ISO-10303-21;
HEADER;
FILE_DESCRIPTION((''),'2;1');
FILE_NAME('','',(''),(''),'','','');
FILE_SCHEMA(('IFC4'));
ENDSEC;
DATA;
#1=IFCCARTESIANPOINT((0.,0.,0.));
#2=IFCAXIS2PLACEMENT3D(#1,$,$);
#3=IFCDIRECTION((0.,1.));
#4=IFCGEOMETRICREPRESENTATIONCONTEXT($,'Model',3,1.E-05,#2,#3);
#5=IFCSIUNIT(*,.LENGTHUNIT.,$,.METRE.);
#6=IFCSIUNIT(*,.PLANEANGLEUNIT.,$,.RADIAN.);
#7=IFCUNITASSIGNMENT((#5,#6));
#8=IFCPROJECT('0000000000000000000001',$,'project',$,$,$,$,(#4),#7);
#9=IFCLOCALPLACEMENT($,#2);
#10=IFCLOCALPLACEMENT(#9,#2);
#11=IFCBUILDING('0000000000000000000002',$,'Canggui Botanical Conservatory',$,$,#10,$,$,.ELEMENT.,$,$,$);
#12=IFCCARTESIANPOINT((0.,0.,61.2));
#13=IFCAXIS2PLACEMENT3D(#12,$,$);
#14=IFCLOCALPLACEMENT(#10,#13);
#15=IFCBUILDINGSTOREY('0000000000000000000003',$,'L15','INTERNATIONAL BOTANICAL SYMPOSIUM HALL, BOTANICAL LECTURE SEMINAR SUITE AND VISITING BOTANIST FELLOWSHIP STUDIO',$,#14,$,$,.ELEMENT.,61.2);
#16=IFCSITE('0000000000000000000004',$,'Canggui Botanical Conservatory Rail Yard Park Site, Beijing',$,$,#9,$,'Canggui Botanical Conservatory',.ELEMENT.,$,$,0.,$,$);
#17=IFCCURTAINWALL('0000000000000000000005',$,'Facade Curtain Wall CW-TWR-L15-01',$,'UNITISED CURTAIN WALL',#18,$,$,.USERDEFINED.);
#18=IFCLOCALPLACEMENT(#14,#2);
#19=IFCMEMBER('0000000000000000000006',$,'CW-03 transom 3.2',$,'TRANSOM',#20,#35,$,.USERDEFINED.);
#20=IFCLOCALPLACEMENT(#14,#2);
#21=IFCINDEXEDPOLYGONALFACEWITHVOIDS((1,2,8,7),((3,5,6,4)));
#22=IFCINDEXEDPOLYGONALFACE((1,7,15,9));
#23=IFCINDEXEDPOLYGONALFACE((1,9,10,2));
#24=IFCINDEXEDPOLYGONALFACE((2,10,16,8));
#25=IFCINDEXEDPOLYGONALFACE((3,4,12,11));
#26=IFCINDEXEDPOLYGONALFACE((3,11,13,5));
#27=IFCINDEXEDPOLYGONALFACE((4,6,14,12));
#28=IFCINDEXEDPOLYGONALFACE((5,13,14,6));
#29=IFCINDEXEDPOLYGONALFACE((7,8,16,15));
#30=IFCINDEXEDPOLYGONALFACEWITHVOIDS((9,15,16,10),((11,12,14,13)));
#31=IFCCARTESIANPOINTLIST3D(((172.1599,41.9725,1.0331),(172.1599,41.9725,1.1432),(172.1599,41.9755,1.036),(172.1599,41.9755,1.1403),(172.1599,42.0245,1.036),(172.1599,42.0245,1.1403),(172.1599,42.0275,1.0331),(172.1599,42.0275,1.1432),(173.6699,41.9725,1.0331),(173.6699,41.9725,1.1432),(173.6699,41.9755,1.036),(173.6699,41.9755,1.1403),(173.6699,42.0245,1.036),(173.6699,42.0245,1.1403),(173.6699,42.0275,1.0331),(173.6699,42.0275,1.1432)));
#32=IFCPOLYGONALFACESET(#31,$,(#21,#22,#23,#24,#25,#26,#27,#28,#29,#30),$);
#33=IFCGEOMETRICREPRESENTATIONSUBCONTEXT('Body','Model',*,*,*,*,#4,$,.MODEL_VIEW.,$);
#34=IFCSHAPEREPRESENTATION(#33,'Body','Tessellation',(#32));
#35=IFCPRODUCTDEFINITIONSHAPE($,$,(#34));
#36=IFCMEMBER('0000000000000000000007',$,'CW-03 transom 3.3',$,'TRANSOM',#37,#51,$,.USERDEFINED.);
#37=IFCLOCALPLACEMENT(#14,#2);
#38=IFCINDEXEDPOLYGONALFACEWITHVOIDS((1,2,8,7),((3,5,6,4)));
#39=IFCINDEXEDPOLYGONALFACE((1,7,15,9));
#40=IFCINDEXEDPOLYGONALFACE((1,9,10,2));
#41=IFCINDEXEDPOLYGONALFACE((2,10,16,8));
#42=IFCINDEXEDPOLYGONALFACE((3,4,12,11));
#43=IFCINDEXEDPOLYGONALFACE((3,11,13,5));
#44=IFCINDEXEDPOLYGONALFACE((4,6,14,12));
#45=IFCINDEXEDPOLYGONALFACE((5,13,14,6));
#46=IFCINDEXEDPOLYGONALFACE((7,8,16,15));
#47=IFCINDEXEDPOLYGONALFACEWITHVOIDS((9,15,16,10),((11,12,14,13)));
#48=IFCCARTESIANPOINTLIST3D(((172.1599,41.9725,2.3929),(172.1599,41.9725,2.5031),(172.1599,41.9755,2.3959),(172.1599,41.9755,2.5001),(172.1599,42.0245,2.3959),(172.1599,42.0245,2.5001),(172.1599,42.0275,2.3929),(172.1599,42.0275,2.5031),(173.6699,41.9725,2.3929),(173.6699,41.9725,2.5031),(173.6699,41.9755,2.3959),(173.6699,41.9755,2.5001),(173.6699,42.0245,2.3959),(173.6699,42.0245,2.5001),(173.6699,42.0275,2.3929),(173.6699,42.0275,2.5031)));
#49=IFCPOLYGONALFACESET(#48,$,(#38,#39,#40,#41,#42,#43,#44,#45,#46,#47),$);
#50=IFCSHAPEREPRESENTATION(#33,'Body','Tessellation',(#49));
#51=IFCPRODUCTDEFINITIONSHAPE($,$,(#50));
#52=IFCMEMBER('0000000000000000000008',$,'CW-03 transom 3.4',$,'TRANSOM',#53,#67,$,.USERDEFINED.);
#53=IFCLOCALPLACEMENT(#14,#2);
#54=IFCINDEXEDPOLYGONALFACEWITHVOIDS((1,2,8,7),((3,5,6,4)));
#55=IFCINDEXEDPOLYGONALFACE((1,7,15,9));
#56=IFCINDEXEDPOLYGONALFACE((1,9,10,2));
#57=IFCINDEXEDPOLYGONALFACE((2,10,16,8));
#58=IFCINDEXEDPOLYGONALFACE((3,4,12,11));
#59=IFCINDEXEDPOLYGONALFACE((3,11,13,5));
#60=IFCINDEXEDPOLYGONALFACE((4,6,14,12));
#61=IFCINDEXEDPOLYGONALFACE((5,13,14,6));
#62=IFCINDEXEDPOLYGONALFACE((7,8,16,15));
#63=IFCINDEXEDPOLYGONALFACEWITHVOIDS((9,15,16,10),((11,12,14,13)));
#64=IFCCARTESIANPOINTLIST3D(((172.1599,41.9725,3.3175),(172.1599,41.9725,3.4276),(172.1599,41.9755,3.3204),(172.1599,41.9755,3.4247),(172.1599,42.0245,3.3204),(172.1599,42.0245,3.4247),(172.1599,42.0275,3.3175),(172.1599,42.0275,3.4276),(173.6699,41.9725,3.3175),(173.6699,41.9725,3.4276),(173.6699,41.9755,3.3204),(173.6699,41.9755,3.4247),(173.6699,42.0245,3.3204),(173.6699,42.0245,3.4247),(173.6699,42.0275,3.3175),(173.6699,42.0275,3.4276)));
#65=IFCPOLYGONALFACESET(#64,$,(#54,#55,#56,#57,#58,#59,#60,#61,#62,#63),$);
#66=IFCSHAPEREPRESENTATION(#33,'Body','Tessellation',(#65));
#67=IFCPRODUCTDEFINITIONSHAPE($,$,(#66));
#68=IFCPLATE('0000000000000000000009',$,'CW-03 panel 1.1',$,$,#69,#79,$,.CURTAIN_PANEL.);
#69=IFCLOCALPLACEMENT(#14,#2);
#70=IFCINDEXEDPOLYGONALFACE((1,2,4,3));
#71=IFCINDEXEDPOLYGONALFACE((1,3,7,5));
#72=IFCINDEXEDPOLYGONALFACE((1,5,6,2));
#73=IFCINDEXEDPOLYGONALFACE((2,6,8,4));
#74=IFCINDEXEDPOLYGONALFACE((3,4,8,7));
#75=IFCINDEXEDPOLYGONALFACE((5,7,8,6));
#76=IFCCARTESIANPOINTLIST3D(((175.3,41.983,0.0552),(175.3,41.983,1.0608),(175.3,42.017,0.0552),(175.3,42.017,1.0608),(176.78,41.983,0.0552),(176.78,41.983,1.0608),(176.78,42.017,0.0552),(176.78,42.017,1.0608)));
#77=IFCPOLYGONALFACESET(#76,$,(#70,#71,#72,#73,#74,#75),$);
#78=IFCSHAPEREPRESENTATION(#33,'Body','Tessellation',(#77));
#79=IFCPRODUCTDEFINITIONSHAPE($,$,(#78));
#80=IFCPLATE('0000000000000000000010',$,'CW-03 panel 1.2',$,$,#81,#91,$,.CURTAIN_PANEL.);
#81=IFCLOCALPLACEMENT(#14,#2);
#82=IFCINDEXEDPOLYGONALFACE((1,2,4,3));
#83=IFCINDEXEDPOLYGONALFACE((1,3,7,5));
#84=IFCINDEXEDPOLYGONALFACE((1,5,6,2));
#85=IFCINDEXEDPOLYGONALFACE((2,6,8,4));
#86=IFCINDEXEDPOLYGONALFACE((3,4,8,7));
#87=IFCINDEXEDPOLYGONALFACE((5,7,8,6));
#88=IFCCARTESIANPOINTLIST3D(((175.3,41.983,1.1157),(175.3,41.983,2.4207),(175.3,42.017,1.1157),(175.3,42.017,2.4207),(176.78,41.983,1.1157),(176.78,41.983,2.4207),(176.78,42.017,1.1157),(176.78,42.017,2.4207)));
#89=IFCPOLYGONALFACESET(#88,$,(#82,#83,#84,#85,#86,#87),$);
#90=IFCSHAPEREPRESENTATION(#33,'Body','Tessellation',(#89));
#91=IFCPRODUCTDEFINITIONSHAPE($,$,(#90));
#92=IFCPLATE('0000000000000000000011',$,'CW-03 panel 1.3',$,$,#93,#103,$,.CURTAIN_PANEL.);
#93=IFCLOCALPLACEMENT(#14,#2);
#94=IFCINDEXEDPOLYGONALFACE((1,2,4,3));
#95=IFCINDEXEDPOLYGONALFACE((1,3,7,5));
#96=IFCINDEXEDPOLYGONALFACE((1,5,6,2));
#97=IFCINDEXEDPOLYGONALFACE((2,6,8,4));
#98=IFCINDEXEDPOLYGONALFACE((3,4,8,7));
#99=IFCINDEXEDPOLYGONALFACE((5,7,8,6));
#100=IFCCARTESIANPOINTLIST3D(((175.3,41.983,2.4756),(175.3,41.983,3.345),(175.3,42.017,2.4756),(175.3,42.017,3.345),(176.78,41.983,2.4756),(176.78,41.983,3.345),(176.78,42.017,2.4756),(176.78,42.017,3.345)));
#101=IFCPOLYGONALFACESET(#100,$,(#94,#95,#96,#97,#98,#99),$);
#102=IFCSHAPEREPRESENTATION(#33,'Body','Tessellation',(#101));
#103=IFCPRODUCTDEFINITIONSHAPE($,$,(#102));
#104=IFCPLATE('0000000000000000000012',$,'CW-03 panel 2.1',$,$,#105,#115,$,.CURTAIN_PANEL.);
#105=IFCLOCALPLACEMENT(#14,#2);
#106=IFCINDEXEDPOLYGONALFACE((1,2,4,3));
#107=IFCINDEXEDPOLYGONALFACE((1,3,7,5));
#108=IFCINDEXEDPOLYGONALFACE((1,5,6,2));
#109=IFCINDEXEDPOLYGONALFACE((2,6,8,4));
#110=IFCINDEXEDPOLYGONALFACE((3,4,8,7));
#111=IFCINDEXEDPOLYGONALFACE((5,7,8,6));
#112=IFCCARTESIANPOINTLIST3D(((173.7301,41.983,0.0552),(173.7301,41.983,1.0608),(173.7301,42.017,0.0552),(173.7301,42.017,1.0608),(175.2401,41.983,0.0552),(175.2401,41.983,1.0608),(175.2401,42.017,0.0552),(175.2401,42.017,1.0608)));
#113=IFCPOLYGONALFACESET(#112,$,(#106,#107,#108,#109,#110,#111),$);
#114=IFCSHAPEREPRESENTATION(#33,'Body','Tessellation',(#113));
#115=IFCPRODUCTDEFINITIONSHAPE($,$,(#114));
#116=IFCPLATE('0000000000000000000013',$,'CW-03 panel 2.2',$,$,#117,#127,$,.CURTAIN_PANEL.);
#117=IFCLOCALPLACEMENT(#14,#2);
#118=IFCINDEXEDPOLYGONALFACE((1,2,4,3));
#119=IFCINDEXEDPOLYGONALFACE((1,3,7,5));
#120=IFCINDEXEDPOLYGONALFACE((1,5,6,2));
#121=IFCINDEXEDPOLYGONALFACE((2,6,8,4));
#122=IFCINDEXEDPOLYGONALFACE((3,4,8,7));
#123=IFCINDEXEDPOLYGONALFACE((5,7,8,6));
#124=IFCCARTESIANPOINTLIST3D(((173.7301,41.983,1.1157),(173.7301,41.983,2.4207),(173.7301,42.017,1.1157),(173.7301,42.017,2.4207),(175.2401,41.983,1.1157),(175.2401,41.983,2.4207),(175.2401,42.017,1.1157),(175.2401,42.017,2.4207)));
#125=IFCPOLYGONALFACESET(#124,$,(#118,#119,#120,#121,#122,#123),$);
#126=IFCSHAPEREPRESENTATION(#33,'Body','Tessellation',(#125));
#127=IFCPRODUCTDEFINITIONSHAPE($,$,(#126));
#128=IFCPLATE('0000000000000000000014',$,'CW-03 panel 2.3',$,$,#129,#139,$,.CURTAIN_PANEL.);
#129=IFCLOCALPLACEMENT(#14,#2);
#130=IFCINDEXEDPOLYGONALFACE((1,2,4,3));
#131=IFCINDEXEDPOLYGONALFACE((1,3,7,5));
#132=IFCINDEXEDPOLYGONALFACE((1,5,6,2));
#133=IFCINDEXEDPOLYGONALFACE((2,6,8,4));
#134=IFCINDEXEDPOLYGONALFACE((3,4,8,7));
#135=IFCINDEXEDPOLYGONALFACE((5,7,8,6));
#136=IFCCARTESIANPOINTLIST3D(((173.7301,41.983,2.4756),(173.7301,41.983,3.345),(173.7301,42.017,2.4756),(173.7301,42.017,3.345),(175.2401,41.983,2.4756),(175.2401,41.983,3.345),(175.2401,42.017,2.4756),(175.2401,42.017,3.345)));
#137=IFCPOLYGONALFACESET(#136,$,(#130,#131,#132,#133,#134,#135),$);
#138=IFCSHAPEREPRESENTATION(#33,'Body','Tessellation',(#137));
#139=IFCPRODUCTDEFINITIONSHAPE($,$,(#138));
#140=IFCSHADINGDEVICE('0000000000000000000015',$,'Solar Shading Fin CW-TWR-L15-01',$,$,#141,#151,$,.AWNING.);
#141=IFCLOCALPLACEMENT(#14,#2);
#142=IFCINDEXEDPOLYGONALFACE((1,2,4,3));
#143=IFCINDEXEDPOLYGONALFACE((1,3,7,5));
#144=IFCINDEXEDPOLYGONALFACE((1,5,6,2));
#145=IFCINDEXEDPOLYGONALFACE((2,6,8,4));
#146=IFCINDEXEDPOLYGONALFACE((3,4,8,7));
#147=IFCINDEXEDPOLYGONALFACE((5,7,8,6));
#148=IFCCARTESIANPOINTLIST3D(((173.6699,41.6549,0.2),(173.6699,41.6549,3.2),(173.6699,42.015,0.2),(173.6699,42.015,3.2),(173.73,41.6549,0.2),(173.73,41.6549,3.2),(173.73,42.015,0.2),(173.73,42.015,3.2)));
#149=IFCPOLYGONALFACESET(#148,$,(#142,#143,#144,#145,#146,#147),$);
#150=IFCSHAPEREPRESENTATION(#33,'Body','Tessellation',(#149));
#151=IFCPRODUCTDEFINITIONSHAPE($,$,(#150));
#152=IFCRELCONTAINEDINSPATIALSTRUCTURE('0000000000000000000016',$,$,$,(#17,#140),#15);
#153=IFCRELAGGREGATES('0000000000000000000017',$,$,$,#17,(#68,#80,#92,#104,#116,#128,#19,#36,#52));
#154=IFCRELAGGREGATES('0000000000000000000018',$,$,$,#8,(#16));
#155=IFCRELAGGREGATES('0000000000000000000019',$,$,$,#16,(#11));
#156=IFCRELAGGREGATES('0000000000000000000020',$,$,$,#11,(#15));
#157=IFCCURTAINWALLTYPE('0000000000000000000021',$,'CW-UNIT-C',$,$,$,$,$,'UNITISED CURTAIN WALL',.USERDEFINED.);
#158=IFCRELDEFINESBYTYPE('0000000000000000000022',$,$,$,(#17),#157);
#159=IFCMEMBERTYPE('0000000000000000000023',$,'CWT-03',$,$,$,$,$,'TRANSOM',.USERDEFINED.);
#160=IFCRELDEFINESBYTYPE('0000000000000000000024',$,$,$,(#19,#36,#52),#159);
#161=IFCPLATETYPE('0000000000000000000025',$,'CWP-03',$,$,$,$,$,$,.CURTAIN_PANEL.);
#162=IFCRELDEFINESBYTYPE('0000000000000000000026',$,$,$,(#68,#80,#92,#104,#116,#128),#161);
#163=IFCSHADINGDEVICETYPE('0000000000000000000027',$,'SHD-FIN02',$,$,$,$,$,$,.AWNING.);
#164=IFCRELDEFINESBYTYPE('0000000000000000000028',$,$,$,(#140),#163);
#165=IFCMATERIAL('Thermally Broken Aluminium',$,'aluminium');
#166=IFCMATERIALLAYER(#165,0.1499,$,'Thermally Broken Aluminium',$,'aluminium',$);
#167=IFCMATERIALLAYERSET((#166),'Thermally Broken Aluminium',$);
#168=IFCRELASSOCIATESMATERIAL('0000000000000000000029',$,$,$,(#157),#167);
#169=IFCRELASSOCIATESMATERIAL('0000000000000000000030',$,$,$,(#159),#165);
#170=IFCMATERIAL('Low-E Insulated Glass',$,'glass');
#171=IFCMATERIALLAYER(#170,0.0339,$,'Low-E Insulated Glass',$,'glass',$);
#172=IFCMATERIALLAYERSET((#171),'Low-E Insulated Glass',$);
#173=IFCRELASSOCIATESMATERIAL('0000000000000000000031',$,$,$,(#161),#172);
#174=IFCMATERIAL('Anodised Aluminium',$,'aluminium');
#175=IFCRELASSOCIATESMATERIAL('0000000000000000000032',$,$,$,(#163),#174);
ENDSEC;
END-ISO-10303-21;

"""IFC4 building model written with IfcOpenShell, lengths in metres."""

from ifc_helpers import new_model, si_unit, direction, frame, origin, origin_2d, place, context, subcontext, project, spatial, rectangle, hollow_rectangle, extrude, material, layer, layer_set, material_profile, profile_set, type_object, element, aggregate, save


model = new_model("IFC4")

# Units and contexts
model_context = context("Model", 3, precision=1e-05, world=origin(), true_north=direction((0.0, 1.0)))
body_context = subcontext(model_context, "Body", "Model", "MODEL_VIEW")
ifc_project = project(units=[si_unit("LENGTHUNIT", "METRE"), si_unit("PLANEANGLEUNIT", "RADIAN")], contexts=[model_context])

# Site, building, storey
site_placement = place(None, origin())
site = spatial("IfcSite", under=ifc_project, at=site_placement, Name="Canggui Botanical Conservatory Rail Yard Park Site, Beijing", LongName="Canggui Botanical Conservatory", CompositionType="ELEMENT", RefElevation=0.0)
building_placement = place(site_placement, origin())
building = spatial("IfcBuilding", under=site, at=building_placement, Name="Canggui Botanical Conservatory", CompositionType="ELEMENT")
storey_placement = place(building_placement, frame((0.0, 0.0, 61.2)))
storey = spatial("IfcBuildingStorey", under=building, at=storey_placement, Name="L15", Description="INTERNATIONAL BOTANICAL SYMPOSIUM HALL, BOTANICAL LECTURE SEMINAR SUITE AND VISITING BOTANIST FELLOWSHIP STUDIO", CompositionType="ELEMENT", Elevation=61.2)

# Curtain wall, members, plates
ifc_material_1 = material(Name="Thermally Broken Aluminium", Category="aluminium")
ifc_layer_1 = layer(ifc_material_1, 0.1499, Name="Thermally Broken Aluminium", Category="aluminium")
ifc_layer_set_1 = layer_set([ifc_layer_1], Name="Thermally Broken Aluminium")
curtain_wall_type = type_object("IfcCurtainWallType", Name="CW-UNIT-C", ElementType="UNITISED CURTAIN WALL", PredefinedType="USERDEFINED", material=ifc_layer_set_1)
curtain_wall_placement = place(storey_placement, origin())
curtain_wall = element("IfcCurtainWall", 1, at=curtain_wall_placement, inside=storey, type_object=curtain_wall_type, Name="Facade Curtain Wall CW-TWR-L15-01", ObjectType="UNITISED CURTAIN WALL", PredefinedType="USERDEFINED")
ifc_material_profile_1 = material_profile(ifc_material_1, hollow_rectangle(XDim=0.0549, YDim=0.1101, WallThickness=0.0029, at=origin_2d()), Name="CWT 55x110x3")
ifc_profile_set_1 = profile_set([ifc_material_profile_1], Name="Thermally Broken Aluminium")
member_type_1 = type_object("IfcMemberType", Name="CWT-03", ElementType="TRANSOM", PredefinedType="USERDEFINED", material=ifc_profile_set_1)
member_1_placement = place(storey_placement, frame((173.6699, 42.0, 1.0881), z_axis=(-1.0, 0.0, 0.0), x_axis=(0.0, -1.0, 0.0)))
member_1 = element("IfcMember", 2, at=member_1_placement, type_object=member_type_1, Name="CW-03 transom 3.2", ObjectType="TRANSOM", PredefinedType="USERDEFINED", context=body_context, shape_type="SweptSolid", body=[
    extrude(hollow_rectangle(XDim=0.0549, YDim=0.1101, WallThickness=0.0029, at=origin_2d()), origin(), (0.0, 0.0, 1.0), 1.51),
])
member_2_placement = place(storey_placement, frame((173.6699, 42.0, 2.448), z_axis=(-1.0, 0.0, 0.0), x_axis=(0.0, -1.0, 0.0)))
member_2 = element("IfcMember", 3, at=member_2_placement, type_object=member_type_1, Name="CW-03 transom 3.3", ObjectType="TRANSOM", PredefinedType="USERDEFINED", context=body_context, shape_type="SweptSolid", body=[
    extrude(hollow_rectangle(XDim=0.0549, YDim=0.1101, WallThickness=0.0029, at=origin_2d()), origin(), (0.0, 0.0, 1.0), 1.51),
])
member_3_placement = place(storey_placement, frame((173.6699, 42.0, 3.3726), z_axis=(-1.0, 0.0, 0.0), x_axis=(0.0, -1.0, 0.0)))
member_3 = element("IfcMember", 4, at=member_3_placement, type_object=member_type_1, Name="CW-03 transom 3.4", ObjectType="TRANSOM", PredefinedType="USERDEFINED", context=body_context, shape_type="SweptSolid", body=[
    extrude(hollow_rectangle(XDim=0.0549, YDim=0.1101, WallThickness=0.0029, at=origin_2d()), origin(), (0.0, 0.0, 1.0), 1.51),
])
ifc_material_2 = material(Name="Low-E Insulated Glass", Category="glass")
ifc_layer_2 = layer(ifc_material_2, 0.0339, Name="Low-E Insulated Glass", Category="glass")
ifc_layer_set_2 = layer_set([ifc_layer_2], Name="Low-E Insulated Glass")
plate_type = type_object("IfcPlateType", Name="CWP-03", PredefinedType="CURTAIN_PANEL", material=ifc_layer_set_2)
plate_1_placement = place(storey_placement, frame((176.04, 42.0, 0.0552), z_axis=(0.0, 0.0, 1.0), x_axis=(-1.0, 0.0, 0.0)))
plate_1 = element("IfcPlate", 5, at=plate_1_placement, type_object=plate_type, Name="CW-03 panel 1.1", PredefinedType="CURTAIN_PANEL", context=body_context, shape_type="SweptSolid", body=[
    extrude(rectangle(XDim=1.48, YDim=0.0339, at=origin_2d()), origin(), (0.0, 0.0, 1.0), 1.0056),
])
plate_2_placement = place(storey_placement, frame((176.04, 42.0, 1.1157), z_axis=(0.0, 0.0, 1.0), x_axis=(-1.0, 0.0, 0.0)))
plate_2 = element("IfcPlate", 6, at=plate_2_placement, type_object=plate_type, Name="CW-03 panel 1.2", PredefinedType="CURTAIN_PANEL", context=body_context, shape_type="SweptSolid", body=[
    extrude(rectangle(XDim=1.48, YDim=0.0339, at=origin_2d()), origin(), (0.0, 0.0, 1.0), 1.3049),
])
plate_3_placement = place(storey_placement, frame((176.04, 42.0, 2.4756), z_axis=(0.0, 0.0, 1.0), x_axis=(-1.0, 0.0, 0.0)))
plate_3 = element("IfcPlate", 7, at=plate_3_placement, type_object=plate_type, Name="CW-03 panel 1.3", PredefinedType="CURTAIN_PANEL", context=body_context, shape_type="SweptSolid", body=[
    extrude(rectangle(XDim=1.48, YDim=0.0339, at=origin_2d()), origin(), (0.0, 0.0, 1.0), 0.8694),
])
plate_4_placement = place(storey_placement, frame((174.4851, 42.0, 0.0552), z_axis=(0.0, 0.0, 1.0), x_axis=(-1.0, 0.0, 0.0)))
plate_4 = element("IfcPlate", 8, at=plate_4_placement, type_object=plate_type, Name="CW-03 panel 2.1", PredefinedType="CURTAIN_PANEL", context=body_context, shape_type="SweptSolid", body=[
    extrude(rectangle(XDim=1.51, YDim=0.0339, at=origin_2d()), origin(), (0.0, 0.0, 1.0), 1.0056),
])
plate_5_placement = place(storey_placement, frame((174.4851, 42.0, 1.1157), z_axis=(0.0, 0.0, 1.0), x_axis=(-1.0, 0.0, 0.0)))
plate_5 = element("IfcPlate", 9, at=plate_5_placement, type_object=plate_type, Name="CW-03 panel 2.2", PredefinedType="CURTAIN_PANEL", context=body_context, shape_type="SweptSolid", body=[
    extrude(rectangle(XDim=1.51, YDim=0.0339, at=origin_2d()), origin(), (0.0, 0.0, 1.0), 1.3049),
])
plate_6_placement = place(storey_placement, frame((174.4851, 42.0, 2.4756), z_axis=(0.0, 0.0, 1.0), x_axis=(-1.0, 0.0, 0.0)))
plate_6 = element("IfcPlate", 10, at=plate_6_placement, type_object=plate_type, Name="CW-03 panel 2.3", PredefinedType="CURTAIN_PANEL", context=body_context, shape_type="SweptSolid", body=[
    extrude(rectangle(XDim=1.51, YDim=0.0339, at=origin_2d()), origin(), (0.0, 0.0, 1.0), 0.8694),
])
aggregate(curtain_wall, [plate_1, plate_2, plate_3, plate_4, plate_5, plate_6, member_1, member_2, member_3])

# Shading device
ifc_material_3 = material(Name="Anodised Aluminium", Category="aluminium")
shading_device_type = type_object("IfcShadingDeviceType", Name="SHD-FIN02", PredefinedType="AWNING", material=ifc_material_3)
shading_device_placement = place(storey_placement, frame((173.7, 41.835, 0.2), z_axis=(0.0, 0.0, 1.0), x_axis=(-1.0, 0.0, 0.0)))
element("IfcShadingDevice", 11, at=shading_device_placement, inside=storey, type_object=shading_device_type, Name="Solar Shading Fin CW-TWR-L15-01", PredefinedType="AWNING", context=body_context, shape_type="SweptSolid", body=[
    extrude(rectangle(XDim=0.0601, YDim=0.3601, at=origin_2d()), origin(), (0.0, 0.0, 1.0), 3.0),
])

save(model, "model.ifc")
